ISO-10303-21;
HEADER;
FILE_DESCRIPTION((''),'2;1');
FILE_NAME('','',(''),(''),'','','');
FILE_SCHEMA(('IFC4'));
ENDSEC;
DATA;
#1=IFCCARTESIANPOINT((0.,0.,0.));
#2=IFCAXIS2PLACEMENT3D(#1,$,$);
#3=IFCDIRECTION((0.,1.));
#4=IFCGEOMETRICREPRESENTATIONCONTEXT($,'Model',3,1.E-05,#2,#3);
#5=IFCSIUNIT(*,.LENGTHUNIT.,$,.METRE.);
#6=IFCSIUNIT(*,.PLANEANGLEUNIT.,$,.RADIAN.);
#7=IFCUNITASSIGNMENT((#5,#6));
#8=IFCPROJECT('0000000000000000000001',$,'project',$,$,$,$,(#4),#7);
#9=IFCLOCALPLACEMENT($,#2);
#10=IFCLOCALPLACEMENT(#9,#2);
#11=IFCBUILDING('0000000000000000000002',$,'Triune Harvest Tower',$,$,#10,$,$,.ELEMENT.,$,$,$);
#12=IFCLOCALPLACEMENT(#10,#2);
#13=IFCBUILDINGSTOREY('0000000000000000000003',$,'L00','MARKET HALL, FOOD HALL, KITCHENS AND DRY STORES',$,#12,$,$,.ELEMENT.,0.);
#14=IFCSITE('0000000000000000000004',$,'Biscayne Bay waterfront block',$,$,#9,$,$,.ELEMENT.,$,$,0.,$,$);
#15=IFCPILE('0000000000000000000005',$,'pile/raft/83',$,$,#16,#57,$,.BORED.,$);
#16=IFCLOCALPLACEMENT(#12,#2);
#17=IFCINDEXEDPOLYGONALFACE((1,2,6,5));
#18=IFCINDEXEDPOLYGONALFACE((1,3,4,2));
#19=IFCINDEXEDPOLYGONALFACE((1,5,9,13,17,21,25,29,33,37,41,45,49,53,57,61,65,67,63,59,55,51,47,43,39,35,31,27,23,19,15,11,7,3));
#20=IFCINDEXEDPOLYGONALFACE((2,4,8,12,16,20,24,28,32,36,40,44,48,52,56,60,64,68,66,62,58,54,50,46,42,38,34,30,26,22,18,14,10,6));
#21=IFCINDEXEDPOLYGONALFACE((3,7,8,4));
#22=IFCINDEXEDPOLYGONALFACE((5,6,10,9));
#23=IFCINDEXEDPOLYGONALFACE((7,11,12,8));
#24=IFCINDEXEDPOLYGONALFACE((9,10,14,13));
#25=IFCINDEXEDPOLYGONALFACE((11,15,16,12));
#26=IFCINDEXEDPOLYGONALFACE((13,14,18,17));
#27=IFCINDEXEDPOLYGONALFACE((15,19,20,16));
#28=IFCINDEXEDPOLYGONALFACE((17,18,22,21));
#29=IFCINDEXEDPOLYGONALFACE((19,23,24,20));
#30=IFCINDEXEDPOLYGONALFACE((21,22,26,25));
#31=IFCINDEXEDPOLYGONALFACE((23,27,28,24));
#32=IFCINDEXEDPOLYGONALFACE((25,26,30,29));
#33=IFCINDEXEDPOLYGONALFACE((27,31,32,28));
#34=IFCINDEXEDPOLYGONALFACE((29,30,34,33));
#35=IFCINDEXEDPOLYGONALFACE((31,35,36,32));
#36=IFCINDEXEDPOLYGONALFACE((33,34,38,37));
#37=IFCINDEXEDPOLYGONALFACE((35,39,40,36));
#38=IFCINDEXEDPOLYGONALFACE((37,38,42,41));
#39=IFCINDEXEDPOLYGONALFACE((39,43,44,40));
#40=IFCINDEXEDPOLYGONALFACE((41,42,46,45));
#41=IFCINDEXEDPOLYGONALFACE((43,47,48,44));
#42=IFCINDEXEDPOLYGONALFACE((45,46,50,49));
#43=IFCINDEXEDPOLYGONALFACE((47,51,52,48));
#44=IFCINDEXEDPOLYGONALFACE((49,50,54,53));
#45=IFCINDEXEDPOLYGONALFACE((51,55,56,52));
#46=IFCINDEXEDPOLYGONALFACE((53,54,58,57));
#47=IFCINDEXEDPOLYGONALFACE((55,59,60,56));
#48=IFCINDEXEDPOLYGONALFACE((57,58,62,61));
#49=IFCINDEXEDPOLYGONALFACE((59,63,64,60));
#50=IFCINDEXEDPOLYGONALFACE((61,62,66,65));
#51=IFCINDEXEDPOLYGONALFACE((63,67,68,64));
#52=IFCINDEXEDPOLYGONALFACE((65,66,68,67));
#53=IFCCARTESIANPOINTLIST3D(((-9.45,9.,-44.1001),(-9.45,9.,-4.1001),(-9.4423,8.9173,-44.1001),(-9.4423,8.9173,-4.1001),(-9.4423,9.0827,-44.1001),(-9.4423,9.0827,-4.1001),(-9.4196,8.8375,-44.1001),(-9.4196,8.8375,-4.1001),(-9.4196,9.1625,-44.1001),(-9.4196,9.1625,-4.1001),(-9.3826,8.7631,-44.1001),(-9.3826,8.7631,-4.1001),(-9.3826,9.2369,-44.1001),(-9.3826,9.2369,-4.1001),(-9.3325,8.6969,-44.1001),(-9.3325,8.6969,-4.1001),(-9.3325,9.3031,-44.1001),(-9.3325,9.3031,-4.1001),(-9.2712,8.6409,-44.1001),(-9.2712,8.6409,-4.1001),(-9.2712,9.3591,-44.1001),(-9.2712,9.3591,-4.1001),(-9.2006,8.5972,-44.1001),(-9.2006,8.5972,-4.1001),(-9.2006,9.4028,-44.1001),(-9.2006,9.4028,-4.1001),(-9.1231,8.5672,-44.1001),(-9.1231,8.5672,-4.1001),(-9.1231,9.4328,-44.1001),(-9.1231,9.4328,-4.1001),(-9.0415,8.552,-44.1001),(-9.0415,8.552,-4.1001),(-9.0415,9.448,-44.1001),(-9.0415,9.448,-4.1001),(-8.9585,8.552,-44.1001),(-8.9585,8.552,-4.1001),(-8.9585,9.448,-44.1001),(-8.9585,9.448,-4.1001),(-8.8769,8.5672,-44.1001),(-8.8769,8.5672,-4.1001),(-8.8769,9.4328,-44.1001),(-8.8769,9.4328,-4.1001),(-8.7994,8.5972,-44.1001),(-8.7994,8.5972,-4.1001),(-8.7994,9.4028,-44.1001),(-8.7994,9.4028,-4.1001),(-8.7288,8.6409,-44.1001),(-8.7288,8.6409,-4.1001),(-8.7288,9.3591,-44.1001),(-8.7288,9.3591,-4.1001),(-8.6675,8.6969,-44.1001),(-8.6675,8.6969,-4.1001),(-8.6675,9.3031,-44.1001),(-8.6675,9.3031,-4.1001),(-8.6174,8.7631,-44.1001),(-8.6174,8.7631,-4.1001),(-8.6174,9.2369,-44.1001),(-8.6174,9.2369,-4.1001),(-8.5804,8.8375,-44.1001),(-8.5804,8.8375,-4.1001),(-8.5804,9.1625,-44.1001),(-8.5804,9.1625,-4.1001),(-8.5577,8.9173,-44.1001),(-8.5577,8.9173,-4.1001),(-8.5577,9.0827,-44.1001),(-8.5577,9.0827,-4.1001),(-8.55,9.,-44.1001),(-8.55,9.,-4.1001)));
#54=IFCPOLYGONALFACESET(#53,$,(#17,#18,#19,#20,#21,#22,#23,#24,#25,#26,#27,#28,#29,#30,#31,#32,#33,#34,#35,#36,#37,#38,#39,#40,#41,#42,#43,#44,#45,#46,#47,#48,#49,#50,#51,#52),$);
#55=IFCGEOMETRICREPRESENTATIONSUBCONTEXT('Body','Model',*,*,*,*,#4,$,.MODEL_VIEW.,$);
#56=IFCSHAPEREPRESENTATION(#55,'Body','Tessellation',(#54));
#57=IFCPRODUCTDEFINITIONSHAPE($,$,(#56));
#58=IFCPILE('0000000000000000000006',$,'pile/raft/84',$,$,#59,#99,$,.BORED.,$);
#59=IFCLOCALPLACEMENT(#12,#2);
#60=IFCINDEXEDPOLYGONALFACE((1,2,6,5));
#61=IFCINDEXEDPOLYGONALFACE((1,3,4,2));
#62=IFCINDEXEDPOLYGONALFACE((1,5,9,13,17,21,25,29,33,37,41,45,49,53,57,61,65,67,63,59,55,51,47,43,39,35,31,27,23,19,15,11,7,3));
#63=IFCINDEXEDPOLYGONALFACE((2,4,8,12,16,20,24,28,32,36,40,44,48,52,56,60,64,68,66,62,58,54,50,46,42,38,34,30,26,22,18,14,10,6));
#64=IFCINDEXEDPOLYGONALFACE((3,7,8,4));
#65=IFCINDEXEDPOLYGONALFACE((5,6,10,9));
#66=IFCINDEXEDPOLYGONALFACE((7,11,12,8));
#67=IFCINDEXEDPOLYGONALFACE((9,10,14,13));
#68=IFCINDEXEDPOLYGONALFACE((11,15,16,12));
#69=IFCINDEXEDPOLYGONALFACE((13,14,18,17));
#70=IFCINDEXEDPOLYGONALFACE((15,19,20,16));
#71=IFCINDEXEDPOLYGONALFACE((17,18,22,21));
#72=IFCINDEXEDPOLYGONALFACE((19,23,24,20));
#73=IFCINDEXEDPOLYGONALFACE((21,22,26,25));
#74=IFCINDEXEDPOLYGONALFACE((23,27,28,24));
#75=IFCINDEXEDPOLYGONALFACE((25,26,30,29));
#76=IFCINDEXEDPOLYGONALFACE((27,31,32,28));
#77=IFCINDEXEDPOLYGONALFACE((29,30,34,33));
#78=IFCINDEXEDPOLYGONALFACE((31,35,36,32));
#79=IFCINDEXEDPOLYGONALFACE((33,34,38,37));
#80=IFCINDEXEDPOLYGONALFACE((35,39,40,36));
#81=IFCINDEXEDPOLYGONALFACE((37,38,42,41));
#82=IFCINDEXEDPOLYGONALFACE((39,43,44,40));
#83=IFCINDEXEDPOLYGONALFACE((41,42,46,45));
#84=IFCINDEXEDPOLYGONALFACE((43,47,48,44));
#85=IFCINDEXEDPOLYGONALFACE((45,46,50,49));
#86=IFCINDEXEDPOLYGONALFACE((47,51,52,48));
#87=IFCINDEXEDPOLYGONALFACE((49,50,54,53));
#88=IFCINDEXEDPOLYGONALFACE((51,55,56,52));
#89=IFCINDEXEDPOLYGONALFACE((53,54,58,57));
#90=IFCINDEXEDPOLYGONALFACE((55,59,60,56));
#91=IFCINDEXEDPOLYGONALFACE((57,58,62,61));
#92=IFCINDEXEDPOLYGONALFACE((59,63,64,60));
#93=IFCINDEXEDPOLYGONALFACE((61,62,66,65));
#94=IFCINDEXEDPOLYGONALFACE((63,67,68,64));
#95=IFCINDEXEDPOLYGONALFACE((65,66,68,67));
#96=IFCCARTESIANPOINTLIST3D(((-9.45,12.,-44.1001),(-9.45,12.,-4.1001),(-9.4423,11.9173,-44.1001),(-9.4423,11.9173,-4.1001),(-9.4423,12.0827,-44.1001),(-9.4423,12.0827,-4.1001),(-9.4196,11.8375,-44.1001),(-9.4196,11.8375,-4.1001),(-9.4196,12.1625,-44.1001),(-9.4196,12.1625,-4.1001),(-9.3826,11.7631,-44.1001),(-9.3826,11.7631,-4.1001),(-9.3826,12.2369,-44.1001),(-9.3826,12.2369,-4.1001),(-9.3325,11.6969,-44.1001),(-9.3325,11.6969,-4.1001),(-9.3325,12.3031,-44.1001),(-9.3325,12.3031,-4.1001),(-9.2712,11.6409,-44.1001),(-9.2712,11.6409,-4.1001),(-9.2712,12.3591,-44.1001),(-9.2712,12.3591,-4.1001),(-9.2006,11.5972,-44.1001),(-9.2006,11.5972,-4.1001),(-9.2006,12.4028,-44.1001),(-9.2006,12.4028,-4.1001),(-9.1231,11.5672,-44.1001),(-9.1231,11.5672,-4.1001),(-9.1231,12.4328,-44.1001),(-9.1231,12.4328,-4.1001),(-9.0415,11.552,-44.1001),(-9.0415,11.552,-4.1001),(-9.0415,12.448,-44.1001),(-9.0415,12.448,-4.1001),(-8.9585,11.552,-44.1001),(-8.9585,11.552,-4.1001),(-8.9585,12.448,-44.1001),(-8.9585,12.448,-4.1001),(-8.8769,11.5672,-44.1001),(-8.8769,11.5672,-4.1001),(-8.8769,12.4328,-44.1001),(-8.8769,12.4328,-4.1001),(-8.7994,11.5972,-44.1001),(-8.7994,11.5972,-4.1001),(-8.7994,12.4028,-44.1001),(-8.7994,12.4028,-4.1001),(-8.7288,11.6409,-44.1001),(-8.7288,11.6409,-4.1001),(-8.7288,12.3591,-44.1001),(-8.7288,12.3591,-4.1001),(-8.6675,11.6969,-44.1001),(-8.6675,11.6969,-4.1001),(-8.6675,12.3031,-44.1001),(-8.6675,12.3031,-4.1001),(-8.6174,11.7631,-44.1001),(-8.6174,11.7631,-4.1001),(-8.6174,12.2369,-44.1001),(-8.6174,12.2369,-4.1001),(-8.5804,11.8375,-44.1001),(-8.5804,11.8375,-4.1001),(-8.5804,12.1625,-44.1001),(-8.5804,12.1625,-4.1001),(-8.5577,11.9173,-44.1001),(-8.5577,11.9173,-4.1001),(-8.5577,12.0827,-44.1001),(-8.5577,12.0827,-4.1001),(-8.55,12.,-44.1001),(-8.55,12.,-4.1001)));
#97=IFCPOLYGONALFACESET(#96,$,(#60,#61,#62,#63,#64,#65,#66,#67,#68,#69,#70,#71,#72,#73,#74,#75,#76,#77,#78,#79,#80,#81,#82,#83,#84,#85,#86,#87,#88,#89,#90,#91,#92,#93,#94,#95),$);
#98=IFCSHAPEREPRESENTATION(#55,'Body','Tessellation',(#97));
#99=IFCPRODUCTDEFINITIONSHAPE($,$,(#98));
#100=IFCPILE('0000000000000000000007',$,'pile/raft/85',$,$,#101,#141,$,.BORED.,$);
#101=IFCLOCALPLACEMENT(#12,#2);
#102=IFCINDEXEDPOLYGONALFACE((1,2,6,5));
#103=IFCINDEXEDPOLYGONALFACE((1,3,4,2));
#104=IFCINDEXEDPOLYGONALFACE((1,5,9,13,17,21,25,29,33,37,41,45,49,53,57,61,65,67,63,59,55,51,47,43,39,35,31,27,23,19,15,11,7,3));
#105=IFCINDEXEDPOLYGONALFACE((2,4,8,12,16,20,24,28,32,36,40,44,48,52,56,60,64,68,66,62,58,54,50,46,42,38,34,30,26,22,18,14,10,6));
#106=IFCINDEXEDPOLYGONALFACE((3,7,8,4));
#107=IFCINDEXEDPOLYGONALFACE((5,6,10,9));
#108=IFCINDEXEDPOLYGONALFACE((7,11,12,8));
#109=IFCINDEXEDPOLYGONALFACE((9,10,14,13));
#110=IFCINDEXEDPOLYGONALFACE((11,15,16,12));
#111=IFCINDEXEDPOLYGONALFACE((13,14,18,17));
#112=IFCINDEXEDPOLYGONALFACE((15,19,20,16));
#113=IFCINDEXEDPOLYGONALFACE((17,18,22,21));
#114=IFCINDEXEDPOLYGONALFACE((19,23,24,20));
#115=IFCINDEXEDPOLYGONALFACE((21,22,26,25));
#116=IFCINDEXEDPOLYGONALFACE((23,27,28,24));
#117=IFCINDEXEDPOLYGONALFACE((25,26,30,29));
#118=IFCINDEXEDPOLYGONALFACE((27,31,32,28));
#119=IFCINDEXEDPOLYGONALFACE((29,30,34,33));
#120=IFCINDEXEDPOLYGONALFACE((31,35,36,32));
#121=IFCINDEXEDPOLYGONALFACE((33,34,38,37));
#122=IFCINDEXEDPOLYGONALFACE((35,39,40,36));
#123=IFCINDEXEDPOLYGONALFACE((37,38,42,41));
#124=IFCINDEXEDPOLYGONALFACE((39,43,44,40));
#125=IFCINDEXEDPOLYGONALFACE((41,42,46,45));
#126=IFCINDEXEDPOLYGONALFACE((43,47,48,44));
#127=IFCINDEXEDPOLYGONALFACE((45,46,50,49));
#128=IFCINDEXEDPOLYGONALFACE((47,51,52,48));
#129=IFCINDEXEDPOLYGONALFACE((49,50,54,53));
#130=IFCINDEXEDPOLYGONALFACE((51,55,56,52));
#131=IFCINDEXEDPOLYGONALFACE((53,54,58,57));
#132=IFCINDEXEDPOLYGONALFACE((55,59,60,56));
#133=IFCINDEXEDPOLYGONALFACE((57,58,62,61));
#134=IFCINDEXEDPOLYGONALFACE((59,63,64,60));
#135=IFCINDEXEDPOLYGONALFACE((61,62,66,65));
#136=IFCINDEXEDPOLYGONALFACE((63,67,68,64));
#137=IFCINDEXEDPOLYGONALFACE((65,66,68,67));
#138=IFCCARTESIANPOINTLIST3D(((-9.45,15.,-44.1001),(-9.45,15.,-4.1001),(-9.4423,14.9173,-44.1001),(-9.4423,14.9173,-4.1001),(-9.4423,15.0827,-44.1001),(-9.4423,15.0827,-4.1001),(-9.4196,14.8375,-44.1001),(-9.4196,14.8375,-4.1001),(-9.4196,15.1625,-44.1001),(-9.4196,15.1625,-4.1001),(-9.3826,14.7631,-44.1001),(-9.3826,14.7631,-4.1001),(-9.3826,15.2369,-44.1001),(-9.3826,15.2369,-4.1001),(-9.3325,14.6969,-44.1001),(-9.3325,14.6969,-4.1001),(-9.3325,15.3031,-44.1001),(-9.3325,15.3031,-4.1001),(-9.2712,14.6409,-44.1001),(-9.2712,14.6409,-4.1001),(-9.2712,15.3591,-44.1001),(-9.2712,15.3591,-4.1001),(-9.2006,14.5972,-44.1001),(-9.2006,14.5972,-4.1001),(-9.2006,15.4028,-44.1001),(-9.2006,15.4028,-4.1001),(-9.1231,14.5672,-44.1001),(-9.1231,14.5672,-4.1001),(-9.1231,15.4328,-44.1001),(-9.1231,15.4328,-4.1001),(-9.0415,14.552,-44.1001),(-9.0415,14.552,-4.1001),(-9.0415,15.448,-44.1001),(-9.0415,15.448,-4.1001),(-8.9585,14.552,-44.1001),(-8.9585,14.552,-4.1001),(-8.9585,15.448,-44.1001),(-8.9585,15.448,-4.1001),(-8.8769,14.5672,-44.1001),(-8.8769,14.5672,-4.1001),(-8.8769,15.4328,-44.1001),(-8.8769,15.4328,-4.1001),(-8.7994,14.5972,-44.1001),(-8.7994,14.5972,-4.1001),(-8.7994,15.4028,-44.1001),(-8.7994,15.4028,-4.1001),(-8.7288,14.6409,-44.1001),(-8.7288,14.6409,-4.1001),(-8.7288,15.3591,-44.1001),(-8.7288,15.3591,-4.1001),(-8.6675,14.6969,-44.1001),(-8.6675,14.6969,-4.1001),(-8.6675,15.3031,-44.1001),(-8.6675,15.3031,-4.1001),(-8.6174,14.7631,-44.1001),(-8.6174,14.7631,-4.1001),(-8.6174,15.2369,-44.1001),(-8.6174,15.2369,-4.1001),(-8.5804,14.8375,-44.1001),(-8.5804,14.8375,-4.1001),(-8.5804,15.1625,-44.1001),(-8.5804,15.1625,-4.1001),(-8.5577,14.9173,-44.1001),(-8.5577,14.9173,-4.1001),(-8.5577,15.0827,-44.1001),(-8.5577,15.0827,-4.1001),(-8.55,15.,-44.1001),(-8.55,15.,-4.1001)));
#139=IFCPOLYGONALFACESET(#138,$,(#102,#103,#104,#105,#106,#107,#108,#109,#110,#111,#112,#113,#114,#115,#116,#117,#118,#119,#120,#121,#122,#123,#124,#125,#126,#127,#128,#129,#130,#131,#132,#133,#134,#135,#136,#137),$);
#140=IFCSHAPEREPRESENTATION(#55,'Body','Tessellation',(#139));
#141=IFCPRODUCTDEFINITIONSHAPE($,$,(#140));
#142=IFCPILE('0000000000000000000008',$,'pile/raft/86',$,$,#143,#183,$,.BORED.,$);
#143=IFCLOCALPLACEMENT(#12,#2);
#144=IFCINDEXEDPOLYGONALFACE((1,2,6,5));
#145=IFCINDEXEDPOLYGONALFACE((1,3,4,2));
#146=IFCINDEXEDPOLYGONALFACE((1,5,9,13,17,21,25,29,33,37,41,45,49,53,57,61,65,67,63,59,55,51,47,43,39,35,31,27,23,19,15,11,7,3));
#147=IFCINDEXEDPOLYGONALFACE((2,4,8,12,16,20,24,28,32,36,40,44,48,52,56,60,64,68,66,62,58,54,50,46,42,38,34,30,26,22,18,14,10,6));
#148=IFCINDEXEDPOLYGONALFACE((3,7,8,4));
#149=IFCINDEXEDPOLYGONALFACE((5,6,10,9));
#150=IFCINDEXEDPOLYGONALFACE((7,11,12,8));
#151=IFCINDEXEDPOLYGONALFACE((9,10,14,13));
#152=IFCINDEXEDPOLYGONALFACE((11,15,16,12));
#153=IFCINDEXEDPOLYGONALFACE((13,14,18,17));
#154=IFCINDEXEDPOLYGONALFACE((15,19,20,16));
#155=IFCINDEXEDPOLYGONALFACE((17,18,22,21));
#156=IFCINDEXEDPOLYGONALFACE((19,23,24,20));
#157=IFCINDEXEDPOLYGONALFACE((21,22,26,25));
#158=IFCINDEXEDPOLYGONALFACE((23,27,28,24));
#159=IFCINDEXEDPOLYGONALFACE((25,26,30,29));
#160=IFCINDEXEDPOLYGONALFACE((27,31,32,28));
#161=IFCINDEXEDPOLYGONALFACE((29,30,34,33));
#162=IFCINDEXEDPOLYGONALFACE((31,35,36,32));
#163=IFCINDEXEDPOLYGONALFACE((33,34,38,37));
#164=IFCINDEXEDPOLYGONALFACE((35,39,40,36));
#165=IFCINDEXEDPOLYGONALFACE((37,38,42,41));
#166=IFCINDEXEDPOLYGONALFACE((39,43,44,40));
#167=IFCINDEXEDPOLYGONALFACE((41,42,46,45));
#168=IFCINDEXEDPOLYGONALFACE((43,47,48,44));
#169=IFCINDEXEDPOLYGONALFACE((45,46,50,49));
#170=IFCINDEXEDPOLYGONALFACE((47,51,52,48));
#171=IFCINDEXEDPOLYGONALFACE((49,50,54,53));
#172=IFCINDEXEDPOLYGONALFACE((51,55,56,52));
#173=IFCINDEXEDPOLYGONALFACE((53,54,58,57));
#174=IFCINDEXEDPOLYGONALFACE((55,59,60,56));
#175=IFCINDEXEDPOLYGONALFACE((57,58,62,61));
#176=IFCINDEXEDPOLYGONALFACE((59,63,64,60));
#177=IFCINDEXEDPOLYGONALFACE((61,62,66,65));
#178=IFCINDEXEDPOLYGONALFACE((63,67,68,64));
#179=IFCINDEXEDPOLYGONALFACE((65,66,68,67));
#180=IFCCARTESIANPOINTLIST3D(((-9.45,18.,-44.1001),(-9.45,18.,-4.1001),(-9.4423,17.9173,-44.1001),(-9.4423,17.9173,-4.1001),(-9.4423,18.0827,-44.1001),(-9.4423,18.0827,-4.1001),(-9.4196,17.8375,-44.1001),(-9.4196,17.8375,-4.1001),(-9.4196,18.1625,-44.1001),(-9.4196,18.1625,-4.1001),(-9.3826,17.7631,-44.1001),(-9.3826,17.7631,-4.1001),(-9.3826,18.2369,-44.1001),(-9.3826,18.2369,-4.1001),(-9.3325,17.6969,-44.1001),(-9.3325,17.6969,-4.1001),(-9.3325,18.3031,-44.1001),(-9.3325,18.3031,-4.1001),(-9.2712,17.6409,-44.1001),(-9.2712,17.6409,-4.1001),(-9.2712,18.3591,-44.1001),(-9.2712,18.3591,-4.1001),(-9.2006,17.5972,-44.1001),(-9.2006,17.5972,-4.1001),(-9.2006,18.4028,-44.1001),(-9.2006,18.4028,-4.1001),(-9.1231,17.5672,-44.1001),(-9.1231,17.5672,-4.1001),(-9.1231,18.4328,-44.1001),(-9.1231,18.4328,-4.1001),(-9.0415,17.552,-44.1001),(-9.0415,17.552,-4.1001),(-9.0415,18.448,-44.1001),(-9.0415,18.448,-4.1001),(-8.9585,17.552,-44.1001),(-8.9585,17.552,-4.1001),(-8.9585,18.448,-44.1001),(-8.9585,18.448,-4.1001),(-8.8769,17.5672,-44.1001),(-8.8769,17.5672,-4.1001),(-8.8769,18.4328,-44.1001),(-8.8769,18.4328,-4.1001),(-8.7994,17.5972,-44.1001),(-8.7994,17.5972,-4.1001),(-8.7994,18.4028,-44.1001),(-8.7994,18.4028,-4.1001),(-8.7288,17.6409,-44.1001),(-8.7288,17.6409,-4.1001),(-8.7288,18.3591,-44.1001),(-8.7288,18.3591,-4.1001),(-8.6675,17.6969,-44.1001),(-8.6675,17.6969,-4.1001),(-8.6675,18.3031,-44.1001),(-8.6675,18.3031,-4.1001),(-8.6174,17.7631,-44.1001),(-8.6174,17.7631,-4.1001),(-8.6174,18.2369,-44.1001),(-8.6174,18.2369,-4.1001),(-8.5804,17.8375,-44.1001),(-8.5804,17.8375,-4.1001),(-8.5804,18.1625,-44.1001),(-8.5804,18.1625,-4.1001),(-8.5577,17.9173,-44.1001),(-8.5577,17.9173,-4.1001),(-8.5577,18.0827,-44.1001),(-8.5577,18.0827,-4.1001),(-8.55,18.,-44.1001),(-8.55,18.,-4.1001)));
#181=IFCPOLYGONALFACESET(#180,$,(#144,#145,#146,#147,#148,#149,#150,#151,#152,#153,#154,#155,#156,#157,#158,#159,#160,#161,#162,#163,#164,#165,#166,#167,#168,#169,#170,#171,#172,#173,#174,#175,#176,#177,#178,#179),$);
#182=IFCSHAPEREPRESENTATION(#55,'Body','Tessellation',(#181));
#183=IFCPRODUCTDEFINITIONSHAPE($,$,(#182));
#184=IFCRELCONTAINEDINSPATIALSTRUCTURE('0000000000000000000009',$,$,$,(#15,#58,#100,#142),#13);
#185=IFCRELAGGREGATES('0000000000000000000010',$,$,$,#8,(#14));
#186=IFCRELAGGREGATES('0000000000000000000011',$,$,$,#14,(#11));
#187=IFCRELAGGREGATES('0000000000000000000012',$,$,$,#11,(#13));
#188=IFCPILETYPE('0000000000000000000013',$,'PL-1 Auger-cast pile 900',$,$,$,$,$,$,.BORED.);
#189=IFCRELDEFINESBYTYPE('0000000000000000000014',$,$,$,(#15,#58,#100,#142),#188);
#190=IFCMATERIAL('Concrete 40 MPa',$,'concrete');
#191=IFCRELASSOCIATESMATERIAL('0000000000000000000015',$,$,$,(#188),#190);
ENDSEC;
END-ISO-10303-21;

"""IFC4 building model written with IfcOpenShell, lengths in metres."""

from ifc_helpers import new_model, si_unit, direction, frame, origin, origin_2d, place, context, subcontext, project, spatial, circle, extrude, source, transform, mapped, material, material_profile, profile_set, type_object, element, save


model = new_model("IFC4")

# Units and contexts
model_context = context("Model", 3, precision=1e-05, world=origin(), true_north=direction((0.0, 1.0)))
body_context = subcontext(model_context, "Body", "Model", "MODEL_VIEW")
ifc_project = project(units=[si_unit("LENGTHUNIT", "METRE"), si_unit("PLANEANGLEUNIT", "RADIAN")], contexts=[model_context])

# Site, building, storey
site_placement = place(None, origin())
site = spatial("IfcSite", under=ifc_project, at=site_placement, Name="Biscayne Bay waterfront block", CompositionType="ELEMENT", RefElevation=0.0)
building_placement = place(site_placement, origin())
building = spatial("IfcBuilding", under=site, at=building_placement, Name="Triune Harvest Tower", CompositionType="ELEMENT")
storey_placement = place(building_placement, origin())
storey = spatial("IfcBuildingStorey", under=building, at=storey_placement, Name="L00", Description="MARKET HALL, FOOD HALL, KITCHENS AND DRY STORES", CompositionType="ELEMENT", Elevation=0.0)

# Piles
ifc_material_1 = material(Name="Concrete 40 MPa", Category="concrete")
ifc_material_profile_1 = material_profile(ifc_material_1, circle(Radius=0.45, at=origin_2d()), Name="Bored 900")
ifc_profile_set_1 = profile_set([ifc_material_profile_1], Name="Concrete 40 MPa")
pile_type = type_object("IfcPileType", Name="PL-1 Auger-cast pile 900", PredefinedType="BORED", material=ifc_profile_set_1)
shared_shape_1 = source(origin(), body_context, "Body", "SweptSolid", [
    extrude(circle(Radius=0.45, at=origin_2d()), origin(), (0.0, 0.0, 1.0), 40.0),
])
for number, where, z_axis, x_axis, name in (
    (1, (-9.0, 9.0, -4.1001), (0.0, 0.0, -1.0), (1.0, 0.0, 0.0), "pile/raft/83"),
    (2, (-9.0, 12.0, -4.1001), (0.0, 0.0, -1.0), (1.0, 0.0, 0.0), "pile/raft/84"),
    (3, (-9.0, 15.0, -4.1001), (0.0, 0.0, -1.0), (1.0, 0.0, 0.0), "pile/raft/85"),
    (4, (-9.0, 18.0, -4.1001), (0.0, 0.0, -1.0), (1.0, 0.0, 0.0), "pile/raft/86"),
):
    element("IfcPile", number, at=place(storey_placement, frame(where, z_axis=z_axis, x_axis=x_axis)), inside=storey, type_object=pile_type, Name=name, PredefinedType="BORED", context=body_context, shape_type="MappedRepresentation", body=[
        mapped(shared_shape_1, transform((0.0, 0.0, 0.0), scale=1.0)),
    ])

save(model, "model.ifc")
